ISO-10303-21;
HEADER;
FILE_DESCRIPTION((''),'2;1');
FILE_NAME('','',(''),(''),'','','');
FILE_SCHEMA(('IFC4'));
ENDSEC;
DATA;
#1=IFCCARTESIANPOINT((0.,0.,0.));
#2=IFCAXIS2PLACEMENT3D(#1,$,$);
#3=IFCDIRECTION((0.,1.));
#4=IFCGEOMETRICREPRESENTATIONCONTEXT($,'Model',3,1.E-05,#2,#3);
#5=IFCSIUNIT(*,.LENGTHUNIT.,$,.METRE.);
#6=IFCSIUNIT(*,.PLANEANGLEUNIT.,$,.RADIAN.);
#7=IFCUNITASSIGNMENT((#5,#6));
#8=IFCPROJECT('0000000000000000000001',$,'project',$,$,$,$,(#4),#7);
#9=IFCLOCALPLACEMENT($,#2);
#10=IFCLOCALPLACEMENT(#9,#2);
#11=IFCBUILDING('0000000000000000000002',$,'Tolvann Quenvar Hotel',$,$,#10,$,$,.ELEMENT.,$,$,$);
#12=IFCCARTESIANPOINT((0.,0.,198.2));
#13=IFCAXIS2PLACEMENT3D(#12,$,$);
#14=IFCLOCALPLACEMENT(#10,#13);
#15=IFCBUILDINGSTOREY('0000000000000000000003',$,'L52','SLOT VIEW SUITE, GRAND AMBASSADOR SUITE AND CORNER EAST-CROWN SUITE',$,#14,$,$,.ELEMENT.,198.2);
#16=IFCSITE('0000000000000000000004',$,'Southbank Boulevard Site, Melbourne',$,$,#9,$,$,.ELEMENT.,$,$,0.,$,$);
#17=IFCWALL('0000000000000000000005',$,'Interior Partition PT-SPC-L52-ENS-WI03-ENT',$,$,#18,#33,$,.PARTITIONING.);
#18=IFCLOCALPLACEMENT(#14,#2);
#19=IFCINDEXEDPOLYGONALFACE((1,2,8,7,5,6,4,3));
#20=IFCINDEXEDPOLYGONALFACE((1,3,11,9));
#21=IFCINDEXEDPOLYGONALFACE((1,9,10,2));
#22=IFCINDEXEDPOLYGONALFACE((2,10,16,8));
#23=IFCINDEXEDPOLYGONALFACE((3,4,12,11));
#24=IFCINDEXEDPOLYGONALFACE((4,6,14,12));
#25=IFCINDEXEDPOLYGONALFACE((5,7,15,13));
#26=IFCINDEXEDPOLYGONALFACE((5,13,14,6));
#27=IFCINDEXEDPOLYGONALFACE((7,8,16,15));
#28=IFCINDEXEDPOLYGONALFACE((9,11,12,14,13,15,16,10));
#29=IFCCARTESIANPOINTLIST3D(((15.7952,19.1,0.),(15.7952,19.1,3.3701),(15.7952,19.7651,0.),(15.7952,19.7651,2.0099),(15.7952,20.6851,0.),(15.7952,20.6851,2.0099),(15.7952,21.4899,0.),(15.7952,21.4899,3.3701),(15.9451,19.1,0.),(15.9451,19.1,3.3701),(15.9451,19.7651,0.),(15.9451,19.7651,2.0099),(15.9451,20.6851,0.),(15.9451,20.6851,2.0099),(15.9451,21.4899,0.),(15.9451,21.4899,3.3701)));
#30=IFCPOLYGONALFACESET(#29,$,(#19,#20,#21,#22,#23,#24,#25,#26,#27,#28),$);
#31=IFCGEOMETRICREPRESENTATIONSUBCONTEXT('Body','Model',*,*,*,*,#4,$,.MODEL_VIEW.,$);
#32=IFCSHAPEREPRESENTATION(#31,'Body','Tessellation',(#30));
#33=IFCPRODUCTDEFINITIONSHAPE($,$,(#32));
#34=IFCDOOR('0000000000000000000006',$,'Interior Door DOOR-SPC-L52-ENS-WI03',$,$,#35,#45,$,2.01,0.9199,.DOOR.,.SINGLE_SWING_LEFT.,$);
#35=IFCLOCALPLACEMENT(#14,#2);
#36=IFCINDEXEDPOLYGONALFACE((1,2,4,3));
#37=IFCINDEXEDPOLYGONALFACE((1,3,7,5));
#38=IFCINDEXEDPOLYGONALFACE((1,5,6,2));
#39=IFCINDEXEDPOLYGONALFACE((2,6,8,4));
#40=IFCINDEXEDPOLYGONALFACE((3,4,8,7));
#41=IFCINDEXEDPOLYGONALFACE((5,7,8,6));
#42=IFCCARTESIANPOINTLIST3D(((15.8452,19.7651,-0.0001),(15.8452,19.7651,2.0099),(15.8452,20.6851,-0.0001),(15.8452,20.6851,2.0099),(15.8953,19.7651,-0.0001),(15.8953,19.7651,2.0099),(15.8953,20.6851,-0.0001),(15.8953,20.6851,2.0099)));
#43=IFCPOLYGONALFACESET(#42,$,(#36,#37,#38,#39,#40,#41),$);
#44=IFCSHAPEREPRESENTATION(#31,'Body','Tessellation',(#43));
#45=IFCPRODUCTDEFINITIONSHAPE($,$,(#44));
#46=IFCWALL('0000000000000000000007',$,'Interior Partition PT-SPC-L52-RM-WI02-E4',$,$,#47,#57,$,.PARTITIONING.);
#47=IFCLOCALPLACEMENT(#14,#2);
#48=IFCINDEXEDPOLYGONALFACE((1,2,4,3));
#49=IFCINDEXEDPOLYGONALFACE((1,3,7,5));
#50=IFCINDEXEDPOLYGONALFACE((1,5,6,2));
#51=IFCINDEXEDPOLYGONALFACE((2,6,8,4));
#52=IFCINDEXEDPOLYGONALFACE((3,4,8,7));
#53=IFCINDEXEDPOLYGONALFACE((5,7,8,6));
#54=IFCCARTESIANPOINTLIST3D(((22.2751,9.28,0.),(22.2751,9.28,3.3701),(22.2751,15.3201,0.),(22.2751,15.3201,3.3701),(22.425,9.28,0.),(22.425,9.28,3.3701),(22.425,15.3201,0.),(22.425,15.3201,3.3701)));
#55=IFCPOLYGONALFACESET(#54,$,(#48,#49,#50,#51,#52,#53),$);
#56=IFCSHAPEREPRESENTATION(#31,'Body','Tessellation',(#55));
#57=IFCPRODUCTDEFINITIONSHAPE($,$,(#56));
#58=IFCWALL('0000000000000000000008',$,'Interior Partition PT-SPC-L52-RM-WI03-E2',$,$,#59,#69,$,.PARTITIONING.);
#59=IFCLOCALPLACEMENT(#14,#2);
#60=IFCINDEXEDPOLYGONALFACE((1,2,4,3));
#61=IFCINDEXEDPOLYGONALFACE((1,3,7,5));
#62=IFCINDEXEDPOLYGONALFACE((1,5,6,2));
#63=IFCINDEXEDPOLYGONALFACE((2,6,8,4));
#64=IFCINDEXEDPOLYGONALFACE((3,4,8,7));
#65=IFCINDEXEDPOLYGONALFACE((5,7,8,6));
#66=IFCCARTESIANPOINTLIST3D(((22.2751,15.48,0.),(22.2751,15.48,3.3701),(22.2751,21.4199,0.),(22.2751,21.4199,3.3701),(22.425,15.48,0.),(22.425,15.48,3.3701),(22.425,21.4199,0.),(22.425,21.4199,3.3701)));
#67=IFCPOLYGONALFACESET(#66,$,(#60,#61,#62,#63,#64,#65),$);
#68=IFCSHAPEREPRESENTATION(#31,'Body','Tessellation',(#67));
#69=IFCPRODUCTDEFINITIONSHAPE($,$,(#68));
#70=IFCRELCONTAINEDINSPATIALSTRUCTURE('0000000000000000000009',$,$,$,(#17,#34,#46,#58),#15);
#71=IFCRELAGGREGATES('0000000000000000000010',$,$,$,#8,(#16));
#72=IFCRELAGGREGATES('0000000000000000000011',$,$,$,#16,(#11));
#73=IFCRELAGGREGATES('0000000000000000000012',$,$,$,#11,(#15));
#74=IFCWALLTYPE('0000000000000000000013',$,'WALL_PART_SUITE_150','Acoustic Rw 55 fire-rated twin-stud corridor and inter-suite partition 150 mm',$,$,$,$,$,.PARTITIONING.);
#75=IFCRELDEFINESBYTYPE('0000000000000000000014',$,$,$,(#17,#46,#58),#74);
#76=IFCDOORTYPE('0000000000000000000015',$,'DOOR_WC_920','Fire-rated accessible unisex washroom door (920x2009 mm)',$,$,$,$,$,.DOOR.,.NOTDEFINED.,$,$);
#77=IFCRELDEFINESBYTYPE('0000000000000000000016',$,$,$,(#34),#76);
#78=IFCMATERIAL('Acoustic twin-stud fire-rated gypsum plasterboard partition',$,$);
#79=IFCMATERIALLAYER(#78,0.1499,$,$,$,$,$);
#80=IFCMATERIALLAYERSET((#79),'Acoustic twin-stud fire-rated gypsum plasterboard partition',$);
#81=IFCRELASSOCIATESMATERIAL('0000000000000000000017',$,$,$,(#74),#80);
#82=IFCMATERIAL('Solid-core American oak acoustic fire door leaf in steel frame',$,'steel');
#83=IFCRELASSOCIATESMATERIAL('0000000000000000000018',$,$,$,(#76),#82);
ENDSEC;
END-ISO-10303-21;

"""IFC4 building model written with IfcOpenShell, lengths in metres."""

from ifc_helpers import new_model, si_unit, direction, frame, frame_2d, origin, place, context, subcontext, project, spatial, rectangle, extrude, source, transform, mapped, material, layer, layer_set, type_object, type_shapes, element, fill, save


model = new_model("IFC4")

# Units and contexts
model_context = context("Model", 3, precision=1e-05, world=origin(), true_north=direction((0.0, 1.0)))
body_context = subcontext(model_context, "Body", "Model", "MODEL_VIEW")
ifc_project = project(units=[si_unit("LENGTHUNIT", "METRE"), si_unit("PLANEANGLEUNIT", "RADIAN")], contexts=[model_context])

# Site, building, storey
site_placement = place(None, origin())
site = spatial("IfcSite", under=ifc_project, at=site_placement, Name="Southbank Boulevard Site, Melbourne", CompositionType="ELEMENT", RefElevation=0.0)
building_placement = place(site_placement, origin())
building = spatial("IfcBuilding", under=site, at=building_placement, Name="Tolvann Quenvar Hotel", CompositionType="ELEMENT")
storey_placement = place(building_placement, frame((0.0, 0.0, 198.2)))
storey = spatial("IfcBuildingStorey", under=building, at=storey_placement, Name="L52", Description="SLOT VIEW SUITE, GRAND AMBASSADOR SUITE AND CORNER EAST-CROWN SUITE", CompositionType="ELEMENT", Elevation=198.2)

# Wall, opening, door
ifc_material_1 = material(Name="Acoustic twin-stud fire-rated gypsum plasterboard partition")
ifc_layer_1 = layer(ifc_material_1, 0.1499)
ifc_layer_set_1 = layer_set([ifc_layer_1], Name="Acoustic twin-stud fire-rated gypsum plasterboard partition")
wall_type_1 = type_object("IfcWallType", Name="WALL_PART_SUITE_150", Description="Acoustic Rw 55 fire-rated twin-stud corridor and inter-suite partition 150 mm", PredefinedType="PARTITIONING", material=ifc_layer_set_1)
ifc_material_2 = material(Name="Solid-core American oak acoustic fire door leaf in steel frame", Category="steel")
door_type = type_object("IfcDoorType", Name="DOOR_WC_920", Description="Fire-rated accessible unisex washroom door (920x2009 mm)", OperationType="NOTDEFINED", PredefinedType="DOOR", material=ifc_material_2)
shared_shape_1 = source(origin(), body_context, "Body", "SweptSolid", [
    extrude(rectangle(XDim=0.9199, YDim=2.01, at=frame_2d((0.46, 1.0049))), frame((0.0, 0.0249, 0.0), z_axis=(0.0, -1.0, 0.0), x_axis=(1.0, 0.0, 0.0)), (0.0, 0.0, 1.0), 0.05),
])
type_shapes(door_type, [shared_shape_1])
wall_1_placement = place(storey_placement, frame((15.8701, 19.1001, 0.0), z_axis=(0.0, 0.0, 1.0), x_axis=(0.0, 1.0, 0.0)))
wall_1 = element("IfcWall", 1, at=wall_1_placement, inside=storey, type_object=wall_type_1, Name="Interior Partition PT-SPC-L52-ENS-WI03-ENT", PredefinedType="PARTITIONING", context=body_context, shape_type="SweptSolid", body=[
    extrude(rectangle(XDim=2.3899, YDim=0.1499, at=frame_2d((1.1948, 0.0))), origin(), (0.0, 0.0, 1.0), 3.3701),
])
opening_1_placement = place(wall_1_placement, frame((0.665, 0.0, 0.0)))
opening_1 = element("IfcOpeningElement", 2, at=opening_1_placement, cuts=wall_1, PredefinedType="OPENING", context=body_context, shape_type="SweptSolid", body=[
    extrude(rectangle(XDim=0.9199, YDim=2.01, at=frame_2d((0.46, 1.0049))), frame((0.0, 0.085, 0.0), z_axis=(0.0, -1.0, 0.0), x_axis=(1.0, 0.0, 0.0)), (0.0, 0.0, 1.0), 0.1699),
])
door_1_placement = place(opening_1_placement, origin())
door_1 = element("IfcDoor", 3, at=door_1_placement, inside=storey, type_object=door_type, Name="Interior Door DOOR-SPC-L52-ENS-WI03", OperationType="SINGLE_SWING_LEFT", OverallHeight=2.01, OverallWidth=0.9199, PredefinedType="DOOR", context=body_context, shape_type="MappedRepresentation", body=[
    mapped(shared_shape_1, transform((0.0, 0.0, 0.0), x_axis=(1.0, 0.0, 0.0), y_axis=(0.0, 1.0, 0.0), z_axis=(0.0, 0.0, 1.0), scale=1.0)),
])
fill(opening_1, door_1)

# Walls
wall_2_placement = place(storey_placement, frame((22.3501, 9.28, 0.0), z_axis=(0.0, 0.0, 1.0), x_axis=(0.0, 1.0, 0.0)))
element("IfcWall", 4, at=wall_2_placement, inside=storey, type_object=wall_type_1, Name="Interior Partition PT-SPC-L52-RM-WI02-E4", PredefinedType="PARTITIONING", context=body_context, shape_type="SweptSolid", body=[
    extrude(rectangle(XDim=6.04, YDim=0.1499, at=frame_2d((3.02, 0.0))), origin(), (0.0, 0.0, 1.0), 3.3701),
])
wall_3_placement = place(storey_placement, frame((22.3501, 15.48, 0.0), z_axis=(0.0, 0.0, 1.0), x_axis=(0.0, 1.0, 0.0)))
element("IfcWall", 5, at=wall_3_placement, inside=storey, type_object=wall_type_1, Name="Interior Partition PT-SPC-L52-RM-WI03-E2", PredefinedType="PARTITIONING", context=body_context, shape_type="SweptSolid", body=[
    extrude(rectangle(XDim=5.9399, YDim=0.1499, at=frame_2d((2.97, 0.0))), origin(), (0.0, 0.0, 1.0), 3.3701),
])

save(model, "model.ifc")
